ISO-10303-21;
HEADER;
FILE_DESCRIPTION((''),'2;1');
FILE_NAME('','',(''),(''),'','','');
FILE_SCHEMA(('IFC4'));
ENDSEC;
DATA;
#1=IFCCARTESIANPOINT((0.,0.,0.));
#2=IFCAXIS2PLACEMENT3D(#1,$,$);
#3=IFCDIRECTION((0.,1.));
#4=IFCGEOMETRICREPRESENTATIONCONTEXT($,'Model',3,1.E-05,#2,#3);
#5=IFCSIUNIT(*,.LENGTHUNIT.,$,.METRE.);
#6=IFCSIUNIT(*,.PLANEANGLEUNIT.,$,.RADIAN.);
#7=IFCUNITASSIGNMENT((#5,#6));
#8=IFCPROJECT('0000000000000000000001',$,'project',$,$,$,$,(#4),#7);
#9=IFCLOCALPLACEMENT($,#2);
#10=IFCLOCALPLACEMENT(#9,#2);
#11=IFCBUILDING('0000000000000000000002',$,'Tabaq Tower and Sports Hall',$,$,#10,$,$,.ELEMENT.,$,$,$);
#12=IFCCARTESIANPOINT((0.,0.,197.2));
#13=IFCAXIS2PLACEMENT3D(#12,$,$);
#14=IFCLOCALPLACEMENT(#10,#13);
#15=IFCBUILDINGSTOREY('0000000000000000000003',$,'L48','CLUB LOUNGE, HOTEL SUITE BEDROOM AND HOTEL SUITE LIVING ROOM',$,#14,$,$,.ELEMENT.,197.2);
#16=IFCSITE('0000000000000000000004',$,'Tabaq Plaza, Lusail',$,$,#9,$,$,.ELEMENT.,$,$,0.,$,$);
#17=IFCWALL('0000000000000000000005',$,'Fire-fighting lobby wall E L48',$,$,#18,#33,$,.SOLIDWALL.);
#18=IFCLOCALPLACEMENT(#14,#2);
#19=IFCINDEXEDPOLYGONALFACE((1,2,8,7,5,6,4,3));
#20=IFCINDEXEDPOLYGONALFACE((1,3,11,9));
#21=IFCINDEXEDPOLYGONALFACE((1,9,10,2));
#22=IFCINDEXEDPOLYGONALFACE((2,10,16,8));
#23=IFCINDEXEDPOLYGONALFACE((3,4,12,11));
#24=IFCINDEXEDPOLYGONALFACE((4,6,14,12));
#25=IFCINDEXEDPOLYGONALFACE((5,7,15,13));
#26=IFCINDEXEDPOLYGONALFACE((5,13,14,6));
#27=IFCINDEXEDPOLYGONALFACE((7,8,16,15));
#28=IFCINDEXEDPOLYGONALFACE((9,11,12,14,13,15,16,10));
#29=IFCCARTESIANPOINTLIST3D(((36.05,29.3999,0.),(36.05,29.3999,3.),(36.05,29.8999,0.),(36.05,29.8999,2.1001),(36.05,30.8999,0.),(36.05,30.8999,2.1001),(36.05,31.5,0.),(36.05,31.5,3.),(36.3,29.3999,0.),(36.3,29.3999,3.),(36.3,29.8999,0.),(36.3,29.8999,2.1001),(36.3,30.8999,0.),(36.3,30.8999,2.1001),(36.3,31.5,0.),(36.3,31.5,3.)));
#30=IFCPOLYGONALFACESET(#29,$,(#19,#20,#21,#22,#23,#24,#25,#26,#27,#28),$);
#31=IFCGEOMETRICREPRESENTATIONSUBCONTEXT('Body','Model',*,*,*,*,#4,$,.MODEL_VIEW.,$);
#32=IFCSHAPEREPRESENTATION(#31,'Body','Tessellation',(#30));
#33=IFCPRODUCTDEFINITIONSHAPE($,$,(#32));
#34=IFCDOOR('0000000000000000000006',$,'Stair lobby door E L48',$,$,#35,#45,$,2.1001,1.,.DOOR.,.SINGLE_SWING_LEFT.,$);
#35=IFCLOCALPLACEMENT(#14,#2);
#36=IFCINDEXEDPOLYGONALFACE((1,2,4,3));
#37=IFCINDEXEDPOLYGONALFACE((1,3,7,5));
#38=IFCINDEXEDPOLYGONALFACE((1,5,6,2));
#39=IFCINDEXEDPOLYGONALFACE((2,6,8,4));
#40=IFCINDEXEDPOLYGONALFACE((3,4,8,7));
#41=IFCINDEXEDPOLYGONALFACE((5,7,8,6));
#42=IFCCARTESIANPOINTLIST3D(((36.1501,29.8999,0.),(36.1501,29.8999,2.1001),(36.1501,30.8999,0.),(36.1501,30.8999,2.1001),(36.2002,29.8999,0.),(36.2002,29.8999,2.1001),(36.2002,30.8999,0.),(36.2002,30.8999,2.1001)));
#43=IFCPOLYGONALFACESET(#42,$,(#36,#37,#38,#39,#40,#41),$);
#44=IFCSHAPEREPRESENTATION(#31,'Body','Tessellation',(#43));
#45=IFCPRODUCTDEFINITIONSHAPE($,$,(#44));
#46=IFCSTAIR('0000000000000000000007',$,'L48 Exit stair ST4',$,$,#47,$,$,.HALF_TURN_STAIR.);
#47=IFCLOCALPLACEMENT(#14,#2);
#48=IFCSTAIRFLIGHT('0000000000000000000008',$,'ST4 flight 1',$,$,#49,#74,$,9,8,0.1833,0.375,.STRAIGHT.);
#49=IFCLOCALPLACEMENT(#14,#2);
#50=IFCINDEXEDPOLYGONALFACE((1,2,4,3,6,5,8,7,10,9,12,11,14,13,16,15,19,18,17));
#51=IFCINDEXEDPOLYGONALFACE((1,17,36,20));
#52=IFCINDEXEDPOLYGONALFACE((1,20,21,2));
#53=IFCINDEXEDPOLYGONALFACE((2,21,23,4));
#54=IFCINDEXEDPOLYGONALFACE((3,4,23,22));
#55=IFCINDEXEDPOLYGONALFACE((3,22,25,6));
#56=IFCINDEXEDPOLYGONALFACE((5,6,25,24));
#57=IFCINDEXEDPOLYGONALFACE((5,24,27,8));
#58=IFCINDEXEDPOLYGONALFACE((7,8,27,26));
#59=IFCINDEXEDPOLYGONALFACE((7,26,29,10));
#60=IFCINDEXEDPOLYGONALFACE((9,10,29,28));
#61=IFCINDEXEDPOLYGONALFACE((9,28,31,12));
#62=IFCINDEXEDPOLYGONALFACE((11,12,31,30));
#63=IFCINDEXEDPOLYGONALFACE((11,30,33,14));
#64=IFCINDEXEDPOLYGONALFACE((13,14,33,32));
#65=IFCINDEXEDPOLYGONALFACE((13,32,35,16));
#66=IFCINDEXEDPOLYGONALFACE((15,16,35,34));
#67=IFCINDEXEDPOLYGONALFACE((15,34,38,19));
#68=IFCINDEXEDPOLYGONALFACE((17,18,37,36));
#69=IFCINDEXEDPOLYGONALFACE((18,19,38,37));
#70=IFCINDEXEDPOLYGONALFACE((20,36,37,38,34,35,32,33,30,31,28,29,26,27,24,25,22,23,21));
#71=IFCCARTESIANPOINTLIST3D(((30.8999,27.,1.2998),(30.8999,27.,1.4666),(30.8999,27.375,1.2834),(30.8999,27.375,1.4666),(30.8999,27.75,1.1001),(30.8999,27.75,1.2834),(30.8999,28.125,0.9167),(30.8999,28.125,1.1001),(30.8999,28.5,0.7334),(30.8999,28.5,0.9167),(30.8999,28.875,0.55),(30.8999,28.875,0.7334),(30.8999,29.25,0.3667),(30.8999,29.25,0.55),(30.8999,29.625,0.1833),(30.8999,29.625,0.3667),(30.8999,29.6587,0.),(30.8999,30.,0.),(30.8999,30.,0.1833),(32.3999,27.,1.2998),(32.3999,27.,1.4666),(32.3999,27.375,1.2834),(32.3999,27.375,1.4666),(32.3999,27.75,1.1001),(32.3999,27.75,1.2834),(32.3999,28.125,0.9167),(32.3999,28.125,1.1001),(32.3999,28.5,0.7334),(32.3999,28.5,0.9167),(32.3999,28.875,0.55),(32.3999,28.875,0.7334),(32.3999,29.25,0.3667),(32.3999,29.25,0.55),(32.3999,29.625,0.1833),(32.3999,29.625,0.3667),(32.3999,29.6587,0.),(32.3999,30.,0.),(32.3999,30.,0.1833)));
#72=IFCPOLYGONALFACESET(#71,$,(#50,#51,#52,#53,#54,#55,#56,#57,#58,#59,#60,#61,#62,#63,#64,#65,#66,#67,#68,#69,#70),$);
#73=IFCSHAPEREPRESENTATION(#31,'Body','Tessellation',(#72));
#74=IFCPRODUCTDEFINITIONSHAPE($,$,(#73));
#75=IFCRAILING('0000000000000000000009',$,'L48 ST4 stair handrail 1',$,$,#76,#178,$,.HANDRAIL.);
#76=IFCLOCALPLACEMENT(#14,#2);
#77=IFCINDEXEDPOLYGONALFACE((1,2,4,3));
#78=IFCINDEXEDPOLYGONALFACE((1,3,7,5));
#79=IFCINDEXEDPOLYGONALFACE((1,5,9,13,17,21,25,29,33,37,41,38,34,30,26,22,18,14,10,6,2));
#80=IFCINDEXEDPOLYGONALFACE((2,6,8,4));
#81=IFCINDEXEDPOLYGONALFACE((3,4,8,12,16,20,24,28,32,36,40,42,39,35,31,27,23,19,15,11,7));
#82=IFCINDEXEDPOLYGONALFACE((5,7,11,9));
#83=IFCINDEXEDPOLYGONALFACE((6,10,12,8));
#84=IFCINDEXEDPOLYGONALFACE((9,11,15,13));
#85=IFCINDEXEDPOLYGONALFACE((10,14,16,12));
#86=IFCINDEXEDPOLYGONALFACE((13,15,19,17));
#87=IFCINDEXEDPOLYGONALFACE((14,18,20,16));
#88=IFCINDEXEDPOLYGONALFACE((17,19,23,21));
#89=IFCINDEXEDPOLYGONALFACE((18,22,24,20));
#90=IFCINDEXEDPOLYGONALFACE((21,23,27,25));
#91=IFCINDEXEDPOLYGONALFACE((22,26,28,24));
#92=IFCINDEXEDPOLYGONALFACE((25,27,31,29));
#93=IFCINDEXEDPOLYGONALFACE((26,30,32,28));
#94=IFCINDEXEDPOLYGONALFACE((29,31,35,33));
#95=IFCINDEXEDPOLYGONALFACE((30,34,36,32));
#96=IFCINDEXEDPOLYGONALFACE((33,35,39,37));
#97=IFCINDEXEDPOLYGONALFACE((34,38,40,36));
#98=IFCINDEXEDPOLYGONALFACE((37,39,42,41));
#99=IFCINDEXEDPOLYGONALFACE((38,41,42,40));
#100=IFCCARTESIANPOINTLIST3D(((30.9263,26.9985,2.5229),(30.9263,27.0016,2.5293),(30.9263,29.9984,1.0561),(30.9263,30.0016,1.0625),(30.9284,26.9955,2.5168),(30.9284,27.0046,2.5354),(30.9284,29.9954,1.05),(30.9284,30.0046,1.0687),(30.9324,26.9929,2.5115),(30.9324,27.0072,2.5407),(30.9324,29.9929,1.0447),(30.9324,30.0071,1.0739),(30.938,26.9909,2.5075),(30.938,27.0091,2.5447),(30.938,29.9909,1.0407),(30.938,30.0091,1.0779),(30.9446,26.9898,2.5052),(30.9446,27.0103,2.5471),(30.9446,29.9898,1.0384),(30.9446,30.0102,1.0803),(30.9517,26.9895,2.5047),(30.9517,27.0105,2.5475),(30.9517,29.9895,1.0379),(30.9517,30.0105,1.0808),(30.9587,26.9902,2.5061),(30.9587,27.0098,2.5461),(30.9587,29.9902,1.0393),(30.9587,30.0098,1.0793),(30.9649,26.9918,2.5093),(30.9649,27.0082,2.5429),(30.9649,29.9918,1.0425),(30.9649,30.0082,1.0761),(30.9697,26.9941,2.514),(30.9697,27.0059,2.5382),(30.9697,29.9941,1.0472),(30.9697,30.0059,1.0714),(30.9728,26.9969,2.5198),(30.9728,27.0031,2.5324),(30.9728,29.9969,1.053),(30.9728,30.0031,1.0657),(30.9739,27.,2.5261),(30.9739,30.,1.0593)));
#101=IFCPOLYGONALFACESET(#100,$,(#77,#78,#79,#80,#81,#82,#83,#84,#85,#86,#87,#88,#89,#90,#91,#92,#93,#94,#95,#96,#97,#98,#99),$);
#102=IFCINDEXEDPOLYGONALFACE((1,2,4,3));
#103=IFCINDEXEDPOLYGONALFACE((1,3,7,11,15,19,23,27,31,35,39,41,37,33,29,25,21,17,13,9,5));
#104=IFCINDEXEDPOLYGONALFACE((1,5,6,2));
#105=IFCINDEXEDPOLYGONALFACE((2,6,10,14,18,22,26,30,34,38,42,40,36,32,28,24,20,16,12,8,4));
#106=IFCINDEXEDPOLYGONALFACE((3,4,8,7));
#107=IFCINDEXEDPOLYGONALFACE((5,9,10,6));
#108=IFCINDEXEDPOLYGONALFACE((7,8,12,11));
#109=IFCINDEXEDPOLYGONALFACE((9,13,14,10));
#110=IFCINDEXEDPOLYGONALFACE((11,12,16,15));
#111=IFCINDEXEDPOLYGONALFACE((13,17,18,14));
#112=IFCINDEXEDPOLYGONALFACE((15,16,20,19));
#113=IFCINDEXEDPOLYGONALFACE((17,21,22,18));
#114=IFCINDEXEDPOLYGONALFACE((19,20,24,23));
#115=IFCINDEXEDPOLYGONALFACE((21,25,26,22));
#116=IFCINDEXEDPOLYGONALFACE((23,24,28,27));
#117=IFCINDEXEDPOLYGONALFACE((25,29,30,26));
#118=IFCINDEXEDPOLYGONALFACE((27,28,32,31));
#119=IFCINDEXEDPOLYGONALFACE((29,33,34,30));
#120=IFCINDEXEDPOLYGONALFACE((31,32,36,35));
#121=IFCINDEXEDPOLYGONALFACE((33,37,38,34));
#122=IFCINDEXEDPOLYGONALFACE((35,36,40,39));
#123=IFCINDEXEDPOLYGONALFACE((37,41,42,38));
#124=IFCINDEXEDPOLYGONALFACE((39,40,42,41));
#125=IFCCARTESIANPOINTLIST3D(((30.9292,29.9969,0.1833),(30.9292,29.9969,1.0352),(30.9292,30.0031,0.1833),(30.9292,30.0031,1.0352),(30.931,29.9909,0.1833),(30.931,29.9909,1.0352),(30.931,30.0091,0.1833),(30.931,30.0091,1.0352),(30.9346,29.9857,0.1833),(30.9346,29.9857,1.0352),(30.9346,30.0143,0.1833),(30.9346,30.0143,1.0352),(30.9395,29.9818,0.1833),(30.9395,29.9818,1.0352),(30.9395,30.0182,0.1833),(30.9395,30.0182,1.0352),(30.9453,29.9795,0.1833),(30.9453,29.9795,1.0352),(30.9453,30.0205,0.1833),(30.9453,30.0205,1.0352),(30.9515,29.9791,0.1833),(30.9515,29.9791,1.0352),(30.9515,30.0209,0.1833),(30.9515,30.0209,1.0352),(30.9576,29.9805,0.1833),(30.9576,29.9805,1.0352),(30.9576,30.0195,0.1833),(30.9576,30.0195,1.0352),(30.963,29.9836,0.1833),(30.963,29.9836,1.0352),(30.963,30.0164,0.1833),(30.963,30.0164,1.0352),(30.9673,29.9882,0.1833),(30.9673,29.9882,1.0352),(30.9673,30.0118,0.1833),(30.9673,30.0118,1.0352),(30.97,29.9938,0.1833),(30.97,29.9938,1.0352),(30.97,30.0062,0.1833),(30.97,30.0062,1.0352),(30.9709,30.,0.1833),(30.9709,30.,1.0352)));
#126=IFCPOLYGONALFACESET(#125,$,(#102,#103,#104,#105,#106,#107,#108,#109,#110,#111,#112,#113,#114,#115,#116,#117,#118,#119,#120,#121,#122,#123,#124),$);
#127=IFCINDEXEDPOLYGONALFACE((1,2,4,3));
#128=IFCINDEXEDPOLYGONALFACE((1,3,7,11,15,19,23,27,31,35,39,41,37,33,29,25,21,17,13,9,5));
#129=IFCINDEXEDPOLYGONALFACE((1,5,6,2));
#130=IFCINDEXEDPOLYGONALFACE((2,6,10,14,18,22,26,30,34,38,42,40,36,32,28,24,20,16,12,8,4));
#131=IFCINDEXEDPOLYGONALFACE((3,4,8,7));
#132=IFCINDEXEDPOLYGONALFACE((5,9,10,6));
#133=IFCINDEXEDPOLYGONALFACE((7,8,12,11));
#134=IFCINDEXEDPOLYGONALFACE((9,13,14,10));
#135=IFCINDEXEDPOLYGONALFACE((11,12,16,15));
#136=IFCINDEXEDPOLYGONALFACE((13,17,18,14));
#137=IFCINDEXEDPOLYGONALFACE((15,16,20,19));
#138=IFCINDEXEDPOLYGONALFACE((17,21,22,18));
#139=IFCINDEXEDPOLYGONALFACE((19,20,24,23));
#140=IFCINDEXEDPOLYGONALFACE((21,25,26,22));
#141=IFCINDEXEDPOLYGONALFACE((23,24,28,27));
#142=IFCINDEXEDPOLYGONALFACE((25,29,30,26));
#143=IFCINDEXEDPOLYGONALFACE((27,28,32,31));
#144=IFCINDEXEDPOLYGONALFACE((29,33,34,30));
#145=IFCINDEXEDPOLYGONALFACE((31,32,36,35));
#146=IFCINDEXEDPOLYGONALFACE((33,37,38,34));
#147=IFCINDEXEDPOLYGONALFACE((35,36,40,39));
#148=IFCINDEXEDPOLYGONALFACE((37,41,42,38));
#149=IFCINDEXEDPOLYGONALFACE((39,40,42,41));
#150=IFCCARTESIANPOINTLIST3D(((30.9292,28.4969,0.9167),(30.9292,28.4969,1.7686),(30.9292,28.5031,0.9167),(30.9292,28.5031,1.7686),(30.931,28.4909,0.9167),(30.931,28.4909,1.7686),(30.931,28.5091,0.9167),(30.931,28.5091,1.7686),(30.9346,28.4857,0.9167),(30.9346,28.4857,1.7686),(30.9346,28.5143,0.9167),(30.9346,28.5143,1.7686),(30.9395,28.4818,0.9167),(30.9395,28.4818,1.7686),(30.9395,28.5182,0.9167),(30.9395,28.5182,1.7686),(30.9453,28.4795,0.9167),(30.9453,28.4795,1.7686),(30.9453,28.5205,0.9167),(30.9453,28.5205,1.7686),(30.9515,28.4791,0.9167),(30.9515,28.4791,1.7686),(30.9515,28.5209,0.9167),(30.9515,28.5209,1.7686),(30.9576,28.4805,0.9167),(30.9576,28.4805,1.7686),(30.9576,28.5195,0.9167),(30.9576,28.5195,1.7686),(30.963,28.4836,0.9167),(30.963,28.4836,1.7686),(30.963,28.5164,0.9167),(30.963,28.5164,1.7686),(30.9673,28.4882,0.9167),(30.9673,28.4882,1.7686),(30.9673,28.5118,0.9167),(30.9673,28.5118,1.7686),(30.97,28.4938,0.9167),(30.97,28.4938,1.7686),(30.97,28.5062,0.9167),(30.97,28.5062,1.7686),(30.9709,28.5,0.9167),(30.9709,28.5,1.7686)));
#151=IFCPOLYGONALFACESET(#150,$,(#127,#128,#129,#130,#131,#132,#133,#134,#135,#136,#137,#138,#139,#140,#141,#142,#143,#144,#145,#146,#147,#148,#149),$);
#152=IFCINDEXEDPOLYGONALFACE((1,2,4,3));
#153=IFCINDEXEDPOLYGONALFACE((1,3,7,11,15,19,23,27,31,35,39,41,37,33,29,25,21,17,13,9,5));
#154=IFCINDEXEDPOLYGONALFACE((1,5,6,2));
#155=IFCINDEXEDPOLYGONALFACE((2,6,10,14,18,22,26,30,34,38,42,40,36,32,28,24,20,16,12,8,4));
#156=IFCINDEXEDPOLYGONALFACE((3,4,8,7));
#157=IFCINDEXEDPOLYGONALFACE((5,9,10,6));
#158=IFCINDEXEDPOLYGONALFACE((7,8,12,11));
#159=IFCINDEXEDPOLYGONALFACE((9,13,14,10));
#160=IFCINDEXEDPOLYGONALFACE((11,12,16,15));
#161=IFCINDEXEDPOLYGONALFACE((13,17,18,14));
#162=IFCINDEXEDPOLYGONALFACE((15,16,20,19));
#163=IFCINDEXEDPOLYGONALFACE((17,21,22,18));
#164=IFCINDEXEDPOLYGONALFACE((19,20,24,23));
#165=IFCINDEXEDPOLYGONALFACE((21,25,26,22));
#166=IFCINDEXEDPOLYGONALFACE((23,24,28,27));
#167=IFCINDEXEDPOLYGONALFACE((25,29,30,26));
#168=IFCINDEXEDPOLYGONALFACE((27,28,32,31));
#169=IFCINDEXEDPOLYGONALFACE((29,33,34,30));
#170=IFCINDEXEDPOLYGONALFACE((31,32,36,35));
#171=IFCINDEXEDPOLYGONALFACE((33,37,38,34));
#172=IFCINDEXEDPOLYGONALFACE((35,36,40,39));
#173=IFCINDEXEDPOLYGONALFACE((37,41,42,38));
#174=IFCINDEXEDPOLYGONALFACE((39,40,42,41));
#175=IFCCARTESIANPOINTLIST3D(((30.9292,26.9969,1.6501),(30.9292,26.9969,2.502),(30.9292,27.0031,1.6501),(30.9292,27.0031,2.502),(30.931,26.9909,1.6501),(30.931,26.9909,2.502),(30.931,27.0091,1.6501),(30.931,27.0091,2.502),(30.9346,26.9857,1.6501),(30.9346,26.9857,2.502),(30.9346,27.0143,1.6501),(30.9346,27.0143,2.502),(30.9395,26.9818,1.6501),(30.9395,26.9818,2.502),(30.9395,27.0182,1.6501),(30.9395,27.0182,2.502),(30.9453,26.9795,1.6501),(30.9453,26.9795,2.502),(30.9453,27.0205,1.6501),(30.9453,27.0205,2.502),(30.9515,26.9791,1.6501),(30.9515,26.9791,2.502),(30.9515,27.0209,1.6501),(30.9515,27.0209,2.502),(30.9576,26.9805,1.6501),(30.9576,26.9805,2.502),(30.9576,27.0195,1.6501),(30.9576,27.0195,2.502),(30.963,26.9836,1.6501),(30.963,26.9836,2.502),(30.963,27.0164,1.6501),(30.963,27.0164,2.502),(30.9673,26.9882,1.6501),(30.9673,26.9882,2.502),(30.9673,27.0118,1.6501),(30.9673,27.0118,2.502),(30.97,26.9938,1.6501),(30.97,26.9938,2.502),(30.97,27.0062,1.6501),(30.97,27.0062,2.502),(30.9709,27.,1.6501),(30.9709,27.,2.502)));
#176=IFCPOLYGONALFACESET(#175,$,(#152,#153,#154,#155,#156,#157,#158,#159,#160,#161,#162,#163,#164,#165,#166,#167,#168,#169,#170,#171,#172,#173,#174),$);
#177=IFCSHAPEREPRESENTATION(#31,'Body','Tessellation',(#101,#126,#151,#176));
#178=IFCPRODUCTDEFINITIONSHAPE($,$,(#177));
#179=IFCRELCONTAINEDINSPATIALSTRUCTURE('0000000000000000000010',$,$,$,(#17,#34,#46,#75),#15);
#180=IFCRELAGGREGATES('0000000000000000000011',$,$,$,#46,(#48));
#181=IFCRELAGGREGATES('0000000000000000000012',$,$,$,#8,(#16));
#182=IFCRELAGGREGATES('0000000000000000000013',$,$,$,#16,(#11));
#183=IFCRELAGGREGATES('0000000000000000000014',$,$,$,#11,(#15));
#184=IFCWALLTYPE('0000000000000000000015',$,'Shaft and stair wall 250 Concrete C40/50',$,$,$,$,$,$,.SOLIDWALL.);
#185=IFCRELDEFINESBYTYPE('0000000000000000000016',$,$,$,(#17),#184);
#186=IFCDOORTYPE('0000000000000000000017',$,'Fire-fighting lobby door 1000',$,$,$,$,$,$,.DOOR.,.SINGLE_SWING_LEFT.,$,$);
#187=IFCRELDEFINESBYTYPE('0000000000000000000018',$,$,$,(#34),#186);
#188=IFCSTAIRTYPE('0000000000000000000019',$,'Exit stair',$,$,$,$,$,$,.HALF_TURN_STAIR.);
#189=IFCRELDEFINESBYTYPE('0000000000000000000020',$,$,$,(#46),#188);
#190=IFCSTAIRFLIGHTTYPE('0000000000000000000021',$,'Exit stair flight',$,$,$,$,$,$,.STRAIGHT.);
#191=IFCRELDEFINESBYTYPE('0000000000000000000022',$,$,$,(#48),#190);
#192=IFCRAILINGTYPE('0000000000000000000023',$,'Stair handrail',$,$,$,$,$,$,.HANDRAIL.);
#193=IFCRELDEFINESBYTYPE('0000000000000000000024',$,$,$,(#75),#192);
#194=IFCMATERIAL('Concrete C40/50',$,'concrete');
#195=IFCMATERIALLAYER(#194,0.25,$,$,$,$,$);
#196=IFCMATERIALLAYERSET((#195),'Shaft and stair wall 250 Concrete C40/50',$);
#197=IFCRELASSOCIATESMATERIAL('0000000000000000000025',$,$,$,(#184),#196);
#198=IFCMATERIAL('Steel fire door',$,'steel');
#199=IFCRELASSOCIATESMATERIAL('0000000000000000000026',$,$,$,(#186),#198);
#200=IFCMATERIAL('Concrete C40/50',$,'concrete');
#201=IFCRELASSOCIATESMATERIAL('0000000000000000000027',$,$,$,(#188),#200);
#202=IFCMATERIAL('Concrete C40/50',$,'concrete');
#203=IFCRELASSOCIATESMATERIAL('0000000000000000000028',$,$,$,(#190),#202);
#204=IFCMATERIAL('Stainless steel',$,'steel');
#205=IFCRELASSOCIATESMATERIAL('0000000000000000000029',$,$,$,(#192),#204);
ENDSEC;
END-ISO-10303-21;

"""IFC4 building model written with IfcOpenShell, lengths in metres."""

from ifc_helpers import new_model, si_unit, direction, frame, frame_2d, origin, origin_2d, place, context, subcontext, project, spatial, polyline, rectangle, circle, outline, extrude, material, layer, layer_set, type_object, element, fill, aggregate, save


model = new_model("IFC4")

# Units and contexts
model_context = context("Model", 3, precision=1e-05, world=origin(), true_north=direction((0.0, 1.0)))
body_context = subcontext(model_context, "Body", "Model", "MODEL_VIEW")
ifc_project = project(units=[si_unit("LENGTHUNIT", "METRE"), si_unit("PLANEANGLEUNIT", "RADIAN")], contexts=[model_context])

# Site, building, storey
site_placement = place(None, origin())
site = spatial("IfcSite", under=ifc_project, at=site_placement, Name="Tabaq Plaza, Lusail", CompositionType="ELEMENT", RefElevation=0.0)
building_placement = place(site_placement, origin())
building = spatial("IfcBuilding", under=site, at=building_placement, Name="Tabaq Tower and Sports Hall", CompositionType="ELEMENT")
storey_placement = place(building_placement, frame((0.0, 0.0, 197.2)))
storey = spatial("IfcBuildingStorey", under=building, at=storey_placement, Name="L48", Description="CLUB LOUNGE, HOTEL SUITE BEDROOM AND HOTEL SUITE LIVING ROOM", CompositionType="ELEMENT", Elevation=197.2)

# Wall, opening, door
ifc_material_1 = material(Name="Concrete C40/50", Category="concrete")
ifc_layer_1 = layer(ifc_material_1, 0.25)
ifc_layer_set_1 = layer_set([ifc_layer_1], Name="Shaft and stair wall 250 Concrete C40/50")
wall_type_1 = type_object("IfcWallType", Name="Shaft and stair wall 250 Concrete C40/50", PredefinedType="SOLIDWALL", material=ifc_layer_set_1)
wall_1_placement = place(storey_placement, frame((36.175, 29.3999, 0.0), z_axis=(0.0, 0.0, 1.0), x_axis=(0.0, 1.0, 0.0)))
wall_1 = element("IfcWall", 1, at=wall_1_placement, inside=storey, type_object=wall_type_1, Name="Fire-fighting lobby wall E L48", PredefinedType="SOLIDWALL", context=body_context, shape_type="SweptSolid", body=[
    extrude(rectangle(XDim=2.1001, YDim=0.25, at=frame_2d((1.05, 0.0))), origin(), (0.0, 0.0, 1.0), 3.0),
])
opening_1_placement = place(wall_1_placement, frame((0.5, 0.0, 0.0)))
opening_1 = element("IfcOpeningElement", 2, at=opening_1_placement, cuts=wall_1, PredefinedType="OPENING", context=body_context, shape_type="SweptSolid", body=[
    extrude(rectangle(XDim=1.0, YDim=2.1001, at=frame_2d((0.5, 1.05))), frame((0.0, 0.125, 0.0), z_axis=(0.0, -1.0, 0.0), x_axis=(1.0, 0.0, 0.0)), (0.0, 0.0, 1.0), 0.25),
])
ifc_material_2 = material(Name="Steel fire door", Category="steel")
door_type_1 = type_object("IfcDoorType", Name="Fire-fighting lobby door 1000", OperationType="SINGLE_SWING_LEFT", PredefinedType="DOOR", material=ifc_material_2)
door_1_placement = place(opening_1_placement, origin())
door_1 = element("IfcDoor", 3, at=door_1_placement, inside=storey, type_object=door_type_1, Name="Stair lobby door E L48", OperationType="SINGLE_SWING_LEFT", OverallHeight=2.1001, OverallWidth=1.0, PredefinedType="DOOR", context=body_context, shape_type="SweptSolid", body=[
    extrude(rectangle(XDim=1.0, YDim=2.1001, at=frame_2d((0.5, 1.05))), frame((0.0, 0.0249, 0.0), z_axis=(0.0, -1.0, 0.0), x_axis=(1.0, 0.0, 0.0)), (0.0, 0.0, 1.0), 0.05),
])
fill(opening_1, door_1)

# Stair, stair flight
ifc_material_3 = material(Name="Concrete C40/50", Category="concrete")
stair_type = type_object("IfcStairType", Name="Exit stair", PredefinedType="HALF_TURN_STAIR", material=ifc_material_3)
stair_placement = place(storey_placement, origin())
stair = element("IfcStair", 4, at=stair_placement, inside=storey, type_object=stair_type, Name="L48 Exit stair ST4", PredefinedType="HALF_TURN_STAIR")
ifc_material_4 = material(Name="Concrete C40/50", Category="concrete")
stair_flight_type = type_object("IfcStairFlightType", Name="Exit stair flight", PredefinedType="STRAIGHT", material=ifc_material_4)
stair_flight_placement = place(storey_placement, frame((31.6499, 30.0, 0.0), z_axis=(0.0, 0.0, 1.0), x_axis=(0.0, -1.0, 0.0)))
stair_flight = element("IfcStairFlight", 5, at=stair_flight_placement, type_object=stair_flight_type, Name="ST4 flight 1", NumberOfRisers=9, NumberOfTreads=8, PredefinedType="STRAIGHT", RiserHeight=0.1833, TreadLength=0.375, context=body_context, shape_type="SweptSolid", body=[
    extrude(outline(polyline([(0.0, 0.0), (0.0, 0.1833), (0.375, 0.1833), (0.375, 0.3667), (0.75, 0.3667), (0.75, 0.55), (1.125, 0.55), (1.125, 0.7334), (1.5, 0.7334), (1.5, 0.9167), (1.875, 0.9167), (1.875, 1.1001), (2.25, 1.1001), (2.25, 1.2834), (2.625, 1.2834), (2.625, 1.4666), (3.0, 1.4666), (3.0, 1.6499), (3.0, 1.2998), (0.3413, 0.0), (0.0, 0.0)])), frame((0.0, 0.75, 0.0), z_axis=(0.0, -1.0, 0.0), x_axis=(1.0, 0.0, 0.0)), (0.0, 0.0, 1.0), 1.5),
])
aggregate(stair, [stair_flight])

# Railing
ifc_material_5 = material(Name="Stainless steel", Category="steel")
railing_type_1 = type_object("IfcRailingType", Name="Stair handrail", PredefinedType="HANDRAIL", material=ifc_material_5)
railing_1_placement = place(storey_placement, frame((30.95, 30.0, 0.1833)))
element("IfcRailing", 6, at=railing_1_placement, inside=storey, type_object=railing_type_1, Name="L48 ST4 stair handrail 1", PredefinedType="HANDRAIL", context=body_context, shape_type="SweptSolid", body=[
    extrude(circle(Radius=0.0239, at=origin_2d()), frame((0.0, 0.0, 0.876), z_axis=(0.0, -0.898369, 0.439242), x_axis=(1.0, 0.0, 0.0)), (0.0, 0.0, 1.0), 3.3394),
    extrude(circle(Radius=0.021, at=origin_2d()), origin(), (0.0, 0.0, 1.0), 0.8518),
    extrude(circle(Radius=0.021, at=origin_2d()), frame((0.0, -1.5, 0.7334)), (0.0, 0.0, 1.0), 0.8518),
    extrude(circle(Radius=0.021, at=origin_2d()), frame((0.0, -3.0, 1.4668)), (0.0, 0.0, 1.0), 0.8518),
])

save(model, "model.ifc")
